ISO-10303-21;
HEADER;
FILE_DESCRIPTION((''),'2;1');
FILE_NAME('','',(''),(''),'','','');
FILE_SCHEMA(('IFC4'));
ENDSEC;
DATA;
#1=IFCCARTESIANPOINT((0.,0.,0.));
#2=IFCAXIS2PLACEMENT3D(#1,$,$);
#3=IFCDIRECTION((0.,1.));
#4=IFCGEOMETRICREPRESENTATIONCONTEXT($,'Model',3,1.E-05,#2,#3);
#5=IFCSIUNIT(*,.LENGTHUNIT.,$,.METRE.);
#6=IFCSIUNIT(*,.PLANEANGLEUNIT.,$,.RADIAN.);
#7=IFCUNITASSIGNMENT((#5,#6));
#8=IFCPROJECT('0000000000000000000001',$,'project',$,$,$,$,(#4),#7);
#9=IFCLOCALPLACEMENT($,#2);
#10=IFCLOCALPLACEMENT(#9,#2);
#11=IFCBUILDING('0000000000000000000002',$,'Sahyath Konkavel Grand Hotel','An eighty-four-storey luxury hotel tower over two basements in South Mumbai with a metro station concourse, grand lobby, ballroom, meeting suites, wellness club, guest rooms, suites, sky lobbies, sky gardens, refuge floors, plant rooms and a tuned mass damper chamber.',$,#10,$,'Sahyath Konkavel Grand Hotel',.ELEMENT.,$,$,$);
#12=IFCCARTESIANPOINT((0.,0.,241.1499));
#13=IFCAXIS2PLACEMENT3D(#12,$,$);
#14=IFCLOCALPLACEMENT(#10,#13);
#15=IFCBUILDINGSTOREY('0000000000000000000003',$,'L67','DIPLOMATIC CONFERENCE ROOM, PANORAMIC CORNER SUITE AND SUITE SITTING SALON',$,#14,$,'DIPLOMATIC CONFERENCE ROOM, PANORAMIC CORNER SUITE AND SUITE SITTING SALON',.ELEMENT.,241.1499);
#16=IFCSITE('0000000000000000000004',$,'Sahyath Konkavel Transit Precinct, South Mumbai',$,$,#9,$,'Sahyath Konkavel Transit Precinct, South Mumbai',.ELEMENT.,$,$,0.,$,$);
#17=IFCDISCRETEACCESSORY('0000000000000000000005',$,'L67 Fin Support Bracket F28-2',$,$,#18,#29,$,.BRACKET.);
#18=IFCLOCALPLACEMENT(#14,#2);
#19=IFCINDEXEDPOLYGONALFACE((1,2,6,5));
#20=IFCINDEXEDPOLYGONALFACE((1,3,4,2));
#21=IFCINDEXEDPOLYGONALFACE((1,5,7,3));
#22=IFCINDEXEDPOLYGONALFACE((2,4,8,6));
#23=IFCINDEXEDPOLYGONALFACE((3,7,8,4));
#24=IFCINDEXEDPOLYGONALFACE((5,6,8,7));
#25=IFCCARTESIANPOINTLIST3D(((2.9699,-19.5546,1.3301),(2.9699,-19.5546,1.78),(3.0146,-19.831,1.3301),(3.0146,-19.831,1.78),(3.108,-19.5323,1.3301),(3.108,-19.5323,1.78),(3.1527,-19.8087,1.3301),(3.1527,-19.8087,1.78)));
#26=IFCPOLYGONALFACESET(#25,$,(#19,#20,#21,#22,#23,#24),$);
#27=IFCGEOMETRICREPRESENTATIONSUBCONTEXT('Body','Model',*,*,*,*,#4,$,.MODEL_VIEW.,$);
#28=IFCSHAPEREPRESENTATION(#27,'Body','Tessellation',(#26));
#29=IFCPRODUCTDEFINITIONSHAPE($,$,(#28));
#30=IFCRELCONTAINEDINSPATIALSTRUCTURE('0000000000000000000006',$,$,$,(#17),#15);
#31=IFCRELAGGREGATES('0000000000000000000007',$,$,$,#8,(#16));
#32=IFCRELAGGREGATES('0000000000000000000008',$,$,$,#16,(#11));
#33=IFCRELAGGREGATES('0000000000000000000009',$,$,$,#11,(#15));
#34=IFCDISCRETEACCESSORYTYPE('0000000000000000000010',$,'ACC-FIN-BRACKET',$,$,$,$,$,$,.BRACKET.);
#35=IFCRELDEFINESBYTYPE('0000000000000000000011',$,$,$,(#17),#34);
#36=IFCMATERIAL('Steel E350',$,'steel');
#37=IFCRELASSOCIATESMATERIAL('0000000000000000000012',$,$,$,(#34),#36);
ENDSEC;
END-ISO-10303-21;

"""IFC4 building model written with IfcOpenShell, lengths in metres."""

from ifc_helpers import new_model, si_unit, direction, frame, origin, origin_2d, place, context, subcontext, project, spatial, rectangle, extrude, source, transform, mapped, material, type_object, element, save


model = new_model("IFC4")

# Units and contexts
model_context = context("Model", 3, precision=1e-05, world=origin(), true_north=direction((0.0, 1.0)))
body_context = subcontext(model_context, "Body", "Model", "MODEL_VIEW")
ifc_project = project(units=[si_unit("LENGTHUNIT", "METRE"), si_unit("PLANEANGLEUNIT", "RADIAN")], contexts=[model_context])

# Site, building, storey
site_placement = place(None, origin())
site = spatial("IfcSite", under=ifc_project, at=site_placement, Name="Sahyath Konkavel Transit Precinct, South Mumbai", LongName="Sahyath Konkavel Transit Precinct, South Mumbai", CompositionType="ELEMENT", RefElevation=0.0)
building_placement = place(site_placement, origin())
building = spatial("IfcBuilding", under=site, at=building_placement, Name="Sahyath Konkavel Grand Hotel", Description="An eighty-four-storey luxury hotel tower over two basements in South Mumbai with a metro station concourse, grand lobby, ballroom, meeting suites, wellness club, guest rooms, suites, sky lobbies, sky gardens, refuge floors, plant rooms and a tuned mass damper chamber.", LongName="Sahyath Konkavel Grand Hotel", CompositionType="ELEMENT")
storey_placement = place(building_placement, frame((0.0, 0.0, 241.1499)))
storey = spatial("IfcBuildingStorey", under=building, at=storey_placement, Name="L67", Description="DIPLOMATIC CONFERENCE ROOM, PANORAMIC CORNER SUITE AND SUITE SITTING SALON", LongName="DIPLOMATIC CONFERENCE ROOM, PANORAMIC CORNER SUITE AND SUITE SITTING SALON", CompositionType="ELEMENT", Elevation=241.1499)

# Shared definitions
ifc_material_1 = material(Name="Steel E350", Category="steel")

# Discrete accessory
discrete_accessory_type = type_object("IfcDiscreteAccessoryType", Name="ACC-FIN-BRACKET", PredefinedType="BRACKET", material=ifc_material_1)
shared_shape_1 = source(origin(), body_context, "Body", "SweptSolid", [
    extrude(rectangle(XDim=0.28, YDim=0.1399, at=origin_2d()), origin(), (0.0, 0.0, 1.0), 0.45),
])
discrete_accessory_placement = place(storey_placement, frame((3.0613, -19.6816, 1.3301), z_axis=(0.0, 0.0, 1.0), x_axis=(0.159485, -0.9872, 0.0)))
element("IfcDiscreteAccessory", 1, at=discrete_accessory_placement, inside=storey, type_object=discrete_accessory_type, Name="L67 Fin Support Bracket F28-2", PredefinedType="BRACKET", context=body_context, shape_type="MappedRepresentation", body=[
    mapped(shared_shape_1, transform((0.0, 0.0, 0.0), scale=1.0)),
])

save(model, "model.ifc")
